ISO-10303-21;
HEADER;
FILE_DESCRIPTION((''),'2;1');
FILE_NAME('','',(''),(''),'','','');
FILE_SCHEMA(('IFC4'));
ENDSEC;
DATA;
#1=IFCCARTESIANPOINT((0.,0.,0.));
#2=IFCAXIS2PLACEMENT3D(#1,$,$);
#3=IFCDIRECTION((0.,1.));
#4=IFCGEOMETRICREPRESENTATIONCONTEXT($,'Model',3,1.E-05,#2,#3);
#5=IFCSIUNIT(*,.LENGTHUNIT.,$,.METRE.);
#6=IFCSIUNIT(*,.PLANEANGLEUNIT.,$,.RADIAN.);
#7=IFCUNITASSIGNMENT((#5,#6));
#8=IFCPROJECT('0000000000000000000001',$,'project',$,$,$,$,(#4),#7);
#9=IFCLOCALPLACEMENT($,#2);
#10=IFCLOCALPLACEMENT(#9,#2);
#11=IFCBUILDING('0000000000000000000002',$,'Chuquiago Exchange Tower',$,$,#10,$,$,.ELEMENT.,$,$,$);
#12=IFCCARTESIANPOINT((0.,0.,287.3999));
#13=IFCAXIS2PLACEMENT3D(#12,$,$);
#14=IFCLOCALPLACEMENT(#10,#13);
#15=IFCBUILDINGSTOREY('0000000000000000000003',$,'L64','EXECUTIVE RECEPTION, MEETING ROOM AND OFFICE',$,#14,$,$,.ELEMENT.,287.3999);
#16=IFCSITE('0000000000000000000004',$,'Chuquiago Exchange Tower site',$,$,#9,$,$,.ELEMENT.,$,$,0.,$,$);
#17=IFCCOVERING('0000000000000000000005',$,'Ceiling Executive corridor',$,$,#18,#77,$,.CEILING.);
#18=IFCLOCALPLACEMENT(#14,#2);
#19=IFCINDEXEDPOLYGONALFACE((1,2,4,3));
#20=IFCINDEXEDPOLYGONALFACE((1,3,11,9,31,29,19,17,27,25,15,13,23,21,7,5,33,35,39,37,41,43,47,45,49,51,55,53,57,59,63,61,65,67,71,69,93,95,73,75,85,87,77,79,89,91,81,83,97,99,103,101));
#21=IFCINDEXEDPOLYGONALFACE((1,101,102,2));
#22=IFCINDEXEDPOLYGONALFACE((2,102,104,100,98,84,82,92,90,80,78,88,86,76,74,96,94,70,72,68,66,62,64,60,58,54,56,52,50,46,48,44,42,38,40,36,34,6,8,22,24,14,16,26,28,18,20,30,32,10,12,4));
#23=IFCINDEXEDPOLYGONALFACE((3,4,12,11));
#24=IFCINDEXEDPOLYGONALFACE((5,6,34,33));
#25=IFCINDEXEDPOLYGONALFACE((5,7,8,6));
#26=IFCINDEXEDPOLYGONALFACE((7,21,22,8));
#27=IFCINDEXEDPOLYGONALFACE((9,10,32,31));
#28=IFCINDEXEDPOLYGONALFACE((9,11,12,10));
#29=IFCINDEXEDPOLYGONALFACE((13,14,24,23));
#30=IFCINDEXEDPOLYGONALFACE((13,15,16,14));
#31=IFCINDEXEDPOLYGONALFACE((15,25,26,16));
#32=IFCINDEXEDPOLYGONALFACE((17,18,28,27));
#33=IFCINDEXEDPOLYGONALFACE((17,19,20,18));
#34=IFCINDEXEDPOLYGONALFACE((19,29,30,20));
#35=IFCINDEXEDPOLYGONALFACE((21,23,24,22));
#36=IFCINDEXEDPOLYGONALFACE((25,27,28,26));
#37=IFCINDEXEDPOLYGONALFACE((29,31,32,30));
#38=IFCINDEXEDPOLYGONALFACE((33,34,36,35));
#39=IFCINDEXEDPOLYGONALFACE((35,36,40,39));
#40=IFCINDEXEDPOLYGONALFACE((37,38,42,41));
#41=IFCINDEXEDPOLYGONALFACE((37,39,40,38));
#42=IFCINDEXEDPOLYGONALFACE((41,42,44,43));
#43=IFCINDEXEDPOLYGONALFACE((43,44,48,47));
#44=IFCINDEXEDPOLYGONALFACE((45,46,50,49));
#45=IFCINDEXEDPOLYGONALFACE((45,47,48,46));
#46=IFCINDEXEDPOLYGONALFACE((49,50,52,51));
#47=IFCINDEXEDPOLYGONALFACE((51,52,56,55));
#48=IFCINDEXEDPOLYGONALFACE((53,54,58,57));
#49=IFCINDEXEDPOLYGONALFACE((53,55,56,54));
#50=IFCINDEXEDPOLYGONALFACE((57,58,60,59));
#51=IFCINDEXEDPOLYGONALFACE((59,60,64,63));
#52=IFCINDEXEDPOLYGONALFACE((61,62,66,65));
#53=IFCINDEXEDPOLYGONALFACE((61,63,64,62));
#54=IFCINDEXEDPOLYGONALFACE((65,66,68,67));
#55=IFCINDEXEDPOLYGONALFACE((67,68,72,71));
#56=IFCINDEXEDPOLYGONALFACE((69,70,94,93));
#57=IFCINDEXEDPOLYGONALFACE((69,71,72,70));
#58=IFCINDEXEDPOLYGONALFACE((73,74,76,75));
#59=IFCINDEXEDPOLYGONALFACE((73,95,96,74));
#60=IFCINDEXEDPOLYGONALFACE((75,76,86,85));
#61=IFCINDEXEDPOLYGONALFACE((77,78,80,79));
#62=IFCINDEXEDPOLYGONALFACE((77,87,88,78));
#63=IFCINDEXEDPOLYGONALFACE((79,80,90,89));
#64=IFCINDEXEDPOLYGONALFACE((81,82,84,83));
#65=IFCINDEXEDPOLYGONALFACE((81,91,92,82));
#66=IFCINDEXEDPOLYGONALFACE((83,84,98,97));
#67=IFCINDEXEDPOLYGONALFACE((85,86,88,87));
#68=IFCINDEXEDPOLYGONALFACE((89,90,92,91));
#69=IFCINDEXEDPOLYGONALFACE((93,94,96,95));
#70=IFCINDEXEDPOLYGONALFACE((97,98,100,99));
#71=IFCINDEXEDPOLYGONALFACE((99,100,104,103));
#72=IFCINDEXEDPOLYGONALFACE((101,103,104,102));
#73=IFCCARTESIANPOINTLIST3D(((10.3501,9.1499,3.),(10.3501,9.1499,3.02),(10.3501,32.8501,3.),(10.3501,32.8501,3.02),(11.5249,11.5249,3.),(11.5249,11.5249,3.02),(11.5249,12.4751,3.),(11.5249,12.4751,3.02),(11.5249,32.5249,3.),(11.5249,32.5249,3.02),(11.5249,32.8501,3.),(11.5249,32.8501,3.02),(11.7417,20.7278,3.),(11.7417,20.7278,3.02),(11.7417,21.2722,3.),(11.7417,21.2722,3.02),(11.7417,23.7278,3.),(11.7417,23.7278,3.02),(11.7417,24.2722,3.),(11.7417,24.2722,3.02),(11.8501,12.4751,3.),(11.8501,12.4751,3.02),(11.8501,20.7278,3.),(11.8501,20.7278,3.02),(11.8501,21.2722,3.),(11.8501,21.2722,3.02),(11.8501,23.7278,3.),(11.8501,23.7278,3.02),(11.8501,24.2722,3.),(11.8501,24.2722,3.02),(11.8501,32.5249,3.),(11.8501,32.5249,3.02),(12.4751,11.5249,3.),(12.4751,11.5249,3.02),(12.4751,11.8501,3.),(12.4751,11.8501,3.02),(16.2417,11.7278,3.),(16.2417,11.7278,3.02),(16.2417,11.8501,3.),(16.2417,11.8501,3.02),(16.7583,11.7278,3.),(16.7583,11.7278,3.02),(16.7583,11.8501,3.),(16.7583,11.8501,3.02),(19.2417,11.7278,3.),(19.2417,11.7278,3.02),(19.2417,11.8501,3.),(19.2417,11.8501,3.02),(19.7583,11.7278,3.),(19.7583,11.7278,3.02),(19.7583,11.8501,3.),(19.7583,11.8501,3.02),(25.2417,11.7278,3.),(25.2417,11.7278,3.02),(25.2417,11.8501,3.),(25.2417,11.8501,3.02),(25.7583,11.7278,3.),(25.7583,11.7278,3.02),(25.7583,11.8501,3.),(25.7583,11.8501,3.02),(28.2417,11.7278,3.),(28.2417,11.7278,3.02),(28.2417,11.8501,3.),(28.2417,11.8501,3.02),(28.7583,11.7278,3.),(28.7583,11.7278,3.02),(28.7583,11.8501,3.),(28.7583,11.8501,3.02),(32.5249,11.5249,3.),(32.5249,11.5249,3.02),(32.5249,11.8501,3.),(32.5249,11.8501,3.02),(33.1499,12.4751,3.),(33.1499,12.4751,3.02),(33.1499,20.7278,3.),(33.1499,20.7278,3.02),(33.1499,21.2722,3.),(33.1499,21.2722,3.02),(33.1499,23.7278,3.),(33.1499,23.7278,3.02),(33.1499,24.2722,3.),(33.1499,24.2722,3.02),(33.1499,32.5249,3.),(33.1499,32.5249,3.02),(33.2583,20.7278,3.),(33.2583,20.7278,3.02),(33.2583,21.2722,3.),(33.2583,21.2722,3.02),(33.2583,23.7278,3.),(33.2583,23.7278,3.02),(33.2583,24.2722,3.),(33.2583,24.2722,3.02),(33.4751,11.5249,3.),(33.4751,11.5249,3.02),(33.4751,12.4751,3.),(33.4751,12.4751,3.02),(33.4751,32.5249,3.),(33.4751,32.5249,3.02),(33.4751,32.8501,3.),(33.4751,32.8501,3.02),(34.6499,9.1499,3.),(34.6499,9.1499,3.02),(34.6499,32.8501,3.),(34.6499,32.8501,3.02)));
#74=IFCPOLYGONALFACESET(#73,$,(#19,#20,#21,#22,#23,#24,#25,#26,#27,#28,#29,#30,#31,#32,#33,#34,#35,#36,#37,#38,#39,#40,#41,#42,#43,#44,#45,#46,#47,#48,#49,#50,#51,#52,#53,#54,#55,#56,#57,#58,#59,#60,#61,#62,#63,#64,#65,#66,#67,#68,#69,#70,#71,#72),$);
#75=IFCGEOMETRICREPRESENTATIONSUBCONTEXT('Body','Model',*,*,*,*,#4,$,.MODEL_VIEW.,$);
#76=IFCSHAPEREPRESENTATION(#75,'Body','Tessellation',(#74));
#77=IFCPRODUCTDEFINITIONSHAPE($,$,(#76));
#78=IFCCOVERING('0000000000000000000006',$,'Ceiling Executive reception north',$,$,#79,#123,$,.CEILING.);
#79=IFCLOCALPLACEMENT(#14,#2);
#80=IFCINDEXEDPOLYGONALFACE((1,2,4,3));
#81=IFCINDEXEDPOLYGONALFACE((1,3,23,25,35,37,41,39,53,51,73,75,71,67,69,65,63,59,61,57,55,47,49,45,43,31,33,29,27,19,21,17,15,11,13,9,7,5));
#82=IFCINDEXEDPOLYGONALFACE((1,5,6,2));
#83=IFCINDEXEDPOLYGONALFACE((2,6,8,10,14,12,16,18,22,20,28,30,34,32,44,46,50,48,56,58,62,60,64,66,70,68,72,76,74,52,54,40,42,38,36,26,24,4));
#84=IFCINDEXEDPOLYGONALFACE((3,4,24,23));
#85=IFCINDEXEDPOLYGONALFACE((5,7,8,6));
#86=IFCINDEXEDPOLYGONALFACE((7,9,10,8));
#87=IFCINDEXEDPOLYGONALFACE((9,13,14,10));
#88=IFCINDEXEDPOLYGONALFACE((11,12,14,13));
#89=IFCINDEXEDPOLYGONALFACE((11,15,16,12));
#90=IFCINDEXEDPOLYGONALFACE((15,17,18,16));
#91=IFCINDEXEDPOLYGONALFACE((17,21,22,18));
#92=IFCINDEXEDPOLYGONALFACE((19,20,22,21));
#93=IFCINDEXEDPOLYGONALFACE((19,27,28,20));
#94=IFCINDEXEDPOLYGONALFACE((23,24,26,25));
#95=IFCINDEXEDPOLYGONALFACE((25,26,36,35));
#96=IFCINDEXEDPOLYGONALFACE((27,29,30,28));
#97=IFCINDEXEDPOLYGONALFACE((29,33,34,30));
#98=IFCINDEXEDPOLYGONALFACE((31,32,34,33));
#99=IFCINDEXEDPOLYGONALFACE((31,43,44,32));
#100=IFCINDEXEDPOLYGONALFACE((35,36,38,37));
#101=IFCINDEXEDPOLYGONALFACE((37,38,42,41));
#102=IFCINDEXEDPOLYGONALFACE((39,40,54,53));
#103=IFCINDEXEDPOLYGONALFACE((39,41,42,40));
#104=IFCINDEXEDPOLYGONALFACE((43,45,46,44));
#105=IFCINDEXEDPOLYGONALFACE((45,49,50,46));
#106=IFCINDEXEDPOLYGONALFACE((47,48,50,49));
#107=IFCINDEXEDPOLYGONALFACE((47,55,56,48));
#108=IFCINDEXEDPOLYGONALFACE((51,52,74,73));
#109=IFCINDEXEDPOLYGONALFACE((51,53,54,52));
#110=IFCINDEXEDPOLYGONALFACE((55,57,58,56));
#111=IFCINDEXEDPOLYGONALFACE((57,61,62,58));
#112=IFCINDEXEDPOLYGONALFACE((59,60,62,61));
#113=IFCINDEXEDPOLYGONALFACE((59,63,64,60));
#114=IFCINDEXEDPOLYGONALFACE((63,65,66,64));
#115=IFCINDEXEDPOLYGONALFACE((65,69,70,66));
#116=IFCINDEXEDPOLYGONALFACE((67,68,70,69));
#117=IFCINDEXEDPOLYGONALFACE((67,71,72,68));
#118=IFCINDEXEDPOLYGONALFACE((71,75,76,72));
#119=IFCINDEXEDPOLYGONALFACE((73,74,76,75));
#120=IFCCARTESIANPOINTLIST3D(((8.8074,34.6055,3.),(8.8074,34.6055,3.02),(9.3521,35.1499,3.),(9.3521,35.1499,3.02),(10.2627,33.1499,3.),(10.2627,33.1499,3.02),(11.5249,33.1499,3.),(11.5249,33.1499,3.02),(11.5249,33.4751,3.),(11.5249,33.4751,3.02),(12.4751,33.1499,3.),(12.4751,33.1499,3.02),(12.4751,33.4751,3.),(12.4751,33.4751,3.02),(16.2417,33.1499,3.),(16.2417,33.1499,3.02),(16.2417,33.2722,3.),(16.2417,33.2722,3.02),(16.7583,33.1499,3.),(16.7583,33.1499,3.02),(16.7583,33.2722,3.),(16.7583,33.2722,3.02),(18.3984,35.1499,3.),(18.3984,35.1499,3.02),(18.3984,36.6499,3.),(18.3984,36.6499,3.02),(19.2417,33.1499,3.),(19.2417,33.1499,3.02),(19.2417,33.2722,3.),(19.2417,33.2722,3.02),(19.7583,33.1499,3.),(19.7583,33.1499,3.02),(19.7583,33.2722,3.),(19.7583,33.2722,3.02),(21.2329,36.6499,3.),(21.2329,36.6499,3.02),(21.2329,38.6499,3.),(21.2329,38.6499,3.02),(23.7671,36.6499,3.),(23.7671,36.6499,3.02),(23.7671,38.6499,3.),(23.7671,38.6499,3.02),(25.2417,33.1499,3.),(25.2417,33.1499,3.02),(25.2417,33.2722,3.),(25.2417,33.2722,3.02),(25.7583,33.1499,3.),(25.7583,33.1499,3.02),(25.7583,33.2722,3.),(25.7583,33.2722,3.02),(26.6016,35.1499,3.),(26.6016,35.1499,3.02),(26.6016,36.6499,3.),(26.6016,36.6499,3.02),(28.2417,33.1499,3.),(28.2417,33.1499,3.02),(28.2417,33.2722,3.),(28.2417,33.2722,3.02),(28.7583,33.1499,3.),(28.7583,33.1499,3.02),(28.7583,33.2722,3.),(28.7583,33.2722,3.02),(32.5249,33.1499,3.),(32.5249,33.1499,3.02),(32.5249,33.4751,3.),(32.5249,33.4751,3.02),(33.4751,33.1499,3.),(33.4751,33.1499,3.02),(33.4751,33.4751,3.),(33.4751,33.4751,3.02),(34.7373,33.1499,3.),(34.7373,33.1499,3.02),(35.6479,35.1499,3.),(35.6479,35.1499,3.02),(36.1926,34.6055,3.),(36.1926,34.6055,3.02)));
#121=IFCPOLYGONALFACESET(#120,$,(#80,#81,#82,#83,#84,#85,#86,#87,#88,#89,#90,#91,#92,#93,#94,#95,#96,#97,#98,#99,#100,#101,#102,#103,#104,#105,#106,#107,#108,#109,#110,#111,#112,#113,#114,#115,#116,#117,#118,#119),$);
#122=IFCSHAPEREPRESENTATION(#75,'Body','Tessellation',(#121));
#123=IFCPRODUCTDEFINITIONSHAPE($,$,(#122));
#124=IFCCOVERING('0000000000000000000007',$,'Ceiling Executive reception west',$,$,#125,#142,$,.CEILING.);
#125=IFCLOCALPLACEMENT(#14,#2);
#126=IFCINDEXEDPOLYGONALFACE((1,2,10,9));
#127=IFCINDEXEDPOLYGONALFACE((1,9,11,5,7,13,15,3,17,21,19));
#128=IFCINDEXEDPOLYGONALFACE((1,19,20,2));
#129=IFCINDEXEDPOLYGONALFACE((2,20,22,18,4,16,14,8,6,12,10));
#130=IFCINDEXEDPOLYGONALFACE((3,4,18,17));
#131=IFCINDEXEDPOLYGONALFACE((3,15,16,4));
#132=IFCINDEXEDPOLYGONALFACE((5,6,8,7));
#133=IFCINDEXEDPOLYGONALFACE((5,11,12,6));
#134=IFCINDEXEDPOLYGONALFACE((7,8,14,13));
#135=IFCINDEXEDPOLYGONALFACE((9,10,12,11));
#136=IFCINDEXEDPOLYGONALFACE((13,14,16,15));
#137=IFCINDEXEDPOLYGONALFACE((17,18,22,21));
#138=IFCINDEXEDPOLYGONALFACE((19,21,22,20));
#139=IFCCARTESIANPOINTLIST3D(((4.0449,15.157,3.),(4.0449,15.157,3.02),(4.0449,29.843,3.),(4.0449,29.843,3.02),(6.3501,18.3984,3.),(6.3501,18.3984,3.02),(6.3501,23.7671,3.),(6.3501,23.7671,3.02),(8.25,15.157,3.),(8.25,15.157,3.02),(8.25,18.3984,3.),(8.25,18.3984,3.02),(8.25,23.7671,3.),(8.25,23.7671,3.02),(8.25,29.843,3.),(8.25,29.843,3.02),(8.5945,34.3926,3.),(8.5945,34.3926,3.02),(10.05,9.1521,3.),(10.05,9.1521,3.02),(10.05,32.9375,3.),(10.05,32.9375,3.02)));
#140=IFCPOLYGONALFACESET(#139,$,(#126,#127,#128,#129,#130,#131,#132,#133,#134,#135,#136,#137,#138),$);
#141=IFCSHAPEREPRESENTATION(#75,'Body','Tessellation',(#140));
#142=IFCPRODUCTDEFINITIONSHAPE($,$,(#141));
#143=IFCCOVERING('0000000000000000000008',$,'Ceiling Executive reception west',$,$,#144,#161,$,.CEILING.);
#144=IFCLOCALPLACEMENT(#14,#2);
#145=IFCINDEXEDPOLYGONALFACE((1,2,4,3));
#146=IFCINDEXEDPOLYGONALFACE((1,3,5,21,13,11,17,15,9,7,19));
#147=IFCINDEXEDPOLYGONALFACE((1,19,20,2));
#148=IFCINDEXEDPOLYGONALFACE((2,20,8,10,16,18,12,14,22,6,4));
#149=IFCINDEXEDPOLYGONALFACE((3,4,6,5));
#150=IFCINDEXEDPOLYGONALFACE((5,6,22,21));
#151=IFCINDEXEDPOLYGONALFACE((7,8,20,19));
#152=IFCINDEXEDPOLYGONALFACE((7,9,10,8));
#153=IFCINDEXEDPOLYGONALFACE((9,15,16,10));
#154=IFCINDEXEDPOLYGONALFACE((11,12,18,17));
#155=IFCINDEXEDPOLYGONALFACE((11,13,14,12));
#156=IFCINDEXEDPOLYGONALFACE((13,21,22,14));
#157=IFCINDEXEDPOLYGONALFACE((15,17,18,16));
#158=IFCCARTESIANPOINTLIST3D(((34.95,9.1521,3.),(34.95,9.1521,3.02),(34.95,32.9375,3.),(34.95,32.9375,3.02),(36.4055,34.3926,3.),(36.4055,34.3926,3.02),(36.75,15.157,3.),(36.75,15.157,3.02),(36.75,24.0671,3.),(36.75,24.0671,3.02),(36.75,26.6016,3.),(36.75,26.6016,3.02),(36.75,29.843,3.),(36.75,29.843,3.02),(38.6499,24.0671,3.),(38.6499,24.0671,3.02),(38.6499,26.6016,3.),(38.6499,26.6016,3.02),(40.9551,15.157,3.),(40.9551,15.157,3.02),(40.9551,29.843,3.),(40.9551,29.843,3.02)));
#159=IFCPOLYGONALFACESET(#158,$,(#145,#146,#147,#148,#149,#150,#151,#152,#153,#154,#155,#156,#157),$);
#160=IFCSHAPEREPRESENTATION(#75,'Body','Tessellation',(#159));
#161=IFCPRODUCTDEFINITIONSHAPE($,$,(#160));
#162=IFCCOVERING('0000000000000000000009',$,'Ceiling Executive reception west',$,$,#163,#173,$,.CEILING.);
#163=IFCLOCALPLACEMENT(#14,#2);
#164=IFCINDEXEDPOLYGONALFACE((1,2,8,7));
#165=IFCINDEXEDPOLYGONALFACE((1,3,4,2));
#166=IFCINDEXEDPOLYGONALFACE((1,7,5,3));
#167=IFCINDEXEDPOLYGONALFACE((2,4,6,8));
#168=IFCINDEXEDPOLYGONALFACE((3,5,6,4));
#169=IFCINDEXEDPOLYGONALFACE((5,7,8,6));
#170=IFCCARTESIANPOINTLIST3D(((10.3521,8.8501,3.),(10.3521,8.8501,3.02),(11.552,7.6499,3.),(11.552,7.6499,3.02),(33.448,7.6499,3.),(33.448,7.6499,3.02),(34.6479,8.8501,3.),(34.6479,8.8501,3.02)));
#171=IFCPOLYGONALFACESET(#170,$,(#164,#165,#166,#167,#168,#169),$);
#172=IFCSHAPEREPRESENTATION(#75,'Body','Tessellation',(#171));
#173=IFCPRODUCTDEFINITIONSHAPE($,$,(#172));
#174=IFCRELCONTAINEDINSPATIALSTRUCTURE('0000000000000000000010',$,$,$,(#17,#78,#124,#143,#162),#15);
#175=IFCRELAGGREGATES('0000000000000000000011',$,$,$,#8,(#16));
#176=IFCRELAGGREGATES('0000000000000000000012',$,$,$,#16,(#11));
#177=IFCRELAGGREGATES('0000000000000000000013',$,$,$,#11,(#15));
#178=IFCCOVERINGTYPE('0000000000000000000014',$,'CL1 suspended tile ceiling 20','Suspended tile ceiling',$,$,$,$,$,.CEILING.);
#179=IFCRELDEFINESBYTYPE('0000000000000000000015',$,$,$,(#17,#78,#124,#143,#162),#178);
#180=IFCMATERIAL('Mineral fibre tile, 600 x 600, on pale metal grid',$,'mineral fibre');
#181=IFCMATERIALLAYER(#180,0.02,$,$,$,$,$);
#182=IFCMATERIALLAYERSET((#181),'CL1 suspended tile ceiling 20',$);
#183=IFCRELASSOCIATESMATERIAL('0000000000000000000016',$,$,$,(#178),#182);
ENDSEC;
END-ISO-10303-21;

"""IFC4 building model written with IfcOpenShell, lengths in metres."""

from ifc_helpers import new_model, si_unit, direction, frame, origin, place, context, subcontext, project, spatial, polyline, outline, extrude, material, layer, layer_set, type_object, element, save


model = new_model("IFC4")

# Units and contexts
model_context = context("Model", 3, precision=1e-05, world=origin(), true_north=direction((0.0, 1.0)))
body_context = subcontext(model_context, "Body", "Model", "MODEL_VIEW")
ifc_project = project(units=[si_unit("LENGTHUNIT", "METRE"), si_unit("PLANEANGLEUNIT", "RADIAN")], contexts=[model_context])

# Site, building, storey
site_placement = place(None, origin())
site = spatial("IfcSite", under=ifc_project, at=site_placement, Name="Chuquiago Exchange Tower site", CompositionType="ELEMENT", RefElevation=0.0)
building_placement = place(site_placement, origin())
building = spatial("IfcBuilding", under=site, at=building_placement, Name="Chuquiago Exchange Tower", CompositionType="ELEMENT")
storey_placement = place(building_placement, frame((0.0, 0.0, 287.3999)))
storey = spatial("IfcBuildingStorey", under=building, at=storey_placement, Name="L64", Description="EXECUTIVE RECEPTION, MEETING ROOM AND OFFICE", CompositionType="ELEMENT", Elevation=287.3999)

# Coverings
ifc_material_1 = material(Name="Mineral fibre tile, 600 x 600, on pale metal grid", Category="mineral fibre")
ifc_layer_1 = layer(ifc_material_1, 0.02)
ifc_layer_set_1 = layer_set([ifc_layer_1], Name="CL1 suspended tile ceiling 20")
covering_type_1 = type_object("IfcCoveringType", Name="CL1 suspended tile ceiling 20", Description="Suspended tile ceiling", PredefinedType="CEILING", material=ifc_layer_set_1)
covering_1_placement = place(storey_placement, frame((0.0, 0.0, 3.0)))
element("IfcCovering", 1, at=covering_1_placement, inside=storey, type_object=covering_type_1, Name="Ceiling Executive corridor", PredefinedType="CEILING", context=body_context, shape_type="SweptSolid", body=[
    extrude(outline(polyline([(16.2417, 11.8501), (16.2417, 11.7278), (16.7583, 11.7278), (16.7583, 11.8501), (19.2417, 11.8501), (19.2417, 11.7278), (19.7583, 11.7278), (19.7583, 11.8501), (25.2417, 11.8501), (25.2417, 11.7278), (25.7583, 11.7278), (25.7583, 11.8501), (28.2417, 11.8501), (28.2417, 11.7278), (28.7583, 11.7278), (28.7583, 11.8501), (32.5249, 11.8501), (32.5249, 11.5249), (33.4751, 11.5249), (33.4751, 12.4751), (33.1499, 12.4751), (33.1499, 20.7278), (33.2583, 20.7278), (33.2583, 21.2722), (33.1499, 21.2722), (33.1499, 23.7278), (33.2583, 23.7278), (33.2583, 24.2722), (33.1499, 24.2722), (33.1499, 32.5249), (33.4751, 32.5249), (33.4751, 32.8501), (34.6499, 32.8501), (34.6499, 9.1499), (10.3501, 9.1499), (10.3501, 32.8501), (11.5249, 32.8501), (11.5249, 32.5249), (11.8501, 32.5249), (11.8501, 24.2722), (11.7417, 24.2722), (11.7417, 23.7278), (11.8501, 23.7278), (11.8501, 21.2722), (11.7417, 21.2722), (11.7417, 20.7278), (11.8501, 20.7278), (11.8501, 12.4751), (11.5249, 12.4751), (11.5249, 11.5249), (12.4751, 11.5249), (12.4751, 11.8501), (16.2417, 11.8501)])), origin(), (0.0, 0.0, 1.0), 0.02),
])
covering_2_placement = place(storey_placement, frame((0.0, 0.0, 3.0)))
element("IfcCovering", 2, at=covering_2_placement, inside=storey, type_object=covering_type_1, Name="Ceiling Executive reception north", PredefinedType="CEILING", context=body_context, shape_type="SweptSolid", body=[
    extrude(outline(polyline([(18.3984, 35.1499), (18.3984, 36.6499), (21.2329, 36.6499), (21.2329, 38.6499), (23.7671, 38.6499), (23.7671, 36.6499), (26.6016, 36.6499), (26.6016, 35.1499), (35.6479, 35.1499), (36.1926, 34.6055), (34.7373, 33.1499), (33.4751, 33.1499), (33.4751, 33.4751), (32.5249, 33.4751), (32.5249, 33.1499), (28.7583, 33.1499), (28.7583, 33.2722), (28.2417, 33.2722), (28.2417, 33.1499), (25.7583, 33.1499), (25.7583, 33.2722), (25.2417, 33.2722), (25.2417, 33.1499), (19.7583, 33.1499), (19.7583, 33.2722), (19.2417, 33.2722), (19.2417, 33.1499), (16.7583, 33.1499), (16.7583, 33.2722), (16.2417, 33.2722), (16.2417, 33.1499), (12.4751, 33.1499), (12.4751, 33.4751), (11.5249, 33.4751), (11.5249, 33.1499), (10.2627, 33.1499), (8.8074, 34.6055), (9.3521, 35.1499), (18.3984, 35.1499)])), origin(), (0.0, 0.0, 1.0), 0.02),
])
covering_3_placement = place(storey_placement, frame((0.0, 0.0, 3.0)))
element("IfcCovering", 3, at=covering_3_placement, inside=storey, type_object=covering_type_1, Name="Ceiling Executive reception west", PredefinedType="CEILING", context=body_context, shape_type="SweptSolid", body=[
    extrude(outline(polyline([(4.0449, 15.157), (8.25, 15.157), (8.25, 18.3984), (6.3501, 18.3984), (6.3501, 23.7671), (8.25, 23.7671), (8.25, 29.843), (4.0449, 29.843), (8.5945, 34.3926), (10.05, 32.9375), (10.05, 9.1521), (4.0449, 15.157)])), origin(), (0.0, 0.0, 1.0), 0.02),
])
covering_4_placement = place(storey_placement, frame((0.0, 0.0, 3.0)))
element("IfcCovering", 4, at=covering_4_placement, inside=storey, type_object=covering_type_1, Name="Ceiling Executive reception west", PredefinedType="CEILING", context=body_context, shape_type="SweptSolid", body=[
    extrude(outline(polyline([(34.95, 32.9375), (36.4055, 34.3926), (40.9551, 29.843), (36.75, 29.843), (36.75, 26.6016), (38.6499, 26.6016), (38.6499, 24.0671), (36.75, 24.0671), (36.75, 15.157), (40.9551, 15.157), (34.95, 9.1521), (34.95, 32.9375)])), origin(), (0.0, 0.0, 1.0), 0.02),
])
covering_5_placement = place(storey_placement, frame((0.0, 0.0, 3.0)))
element("IfcCovering", 5, at=covering_5_placement, inside=storey, type_object=covering_type_1, Name="Ceiling Executive reception west", PredefinedType="CEILING", context=body_context, shape_type="SweptSolid", body=[
    extrude(outline(polyline([(34.6479, 8.8501), (33.448, 7.6499), (11.552, 7.6499), (10.3521, 8.8501), (34.6479, 8.8501)])), origin(), (0.0, 0.0, 1.0), 0.02),
])

save(model, "model.ifc")
